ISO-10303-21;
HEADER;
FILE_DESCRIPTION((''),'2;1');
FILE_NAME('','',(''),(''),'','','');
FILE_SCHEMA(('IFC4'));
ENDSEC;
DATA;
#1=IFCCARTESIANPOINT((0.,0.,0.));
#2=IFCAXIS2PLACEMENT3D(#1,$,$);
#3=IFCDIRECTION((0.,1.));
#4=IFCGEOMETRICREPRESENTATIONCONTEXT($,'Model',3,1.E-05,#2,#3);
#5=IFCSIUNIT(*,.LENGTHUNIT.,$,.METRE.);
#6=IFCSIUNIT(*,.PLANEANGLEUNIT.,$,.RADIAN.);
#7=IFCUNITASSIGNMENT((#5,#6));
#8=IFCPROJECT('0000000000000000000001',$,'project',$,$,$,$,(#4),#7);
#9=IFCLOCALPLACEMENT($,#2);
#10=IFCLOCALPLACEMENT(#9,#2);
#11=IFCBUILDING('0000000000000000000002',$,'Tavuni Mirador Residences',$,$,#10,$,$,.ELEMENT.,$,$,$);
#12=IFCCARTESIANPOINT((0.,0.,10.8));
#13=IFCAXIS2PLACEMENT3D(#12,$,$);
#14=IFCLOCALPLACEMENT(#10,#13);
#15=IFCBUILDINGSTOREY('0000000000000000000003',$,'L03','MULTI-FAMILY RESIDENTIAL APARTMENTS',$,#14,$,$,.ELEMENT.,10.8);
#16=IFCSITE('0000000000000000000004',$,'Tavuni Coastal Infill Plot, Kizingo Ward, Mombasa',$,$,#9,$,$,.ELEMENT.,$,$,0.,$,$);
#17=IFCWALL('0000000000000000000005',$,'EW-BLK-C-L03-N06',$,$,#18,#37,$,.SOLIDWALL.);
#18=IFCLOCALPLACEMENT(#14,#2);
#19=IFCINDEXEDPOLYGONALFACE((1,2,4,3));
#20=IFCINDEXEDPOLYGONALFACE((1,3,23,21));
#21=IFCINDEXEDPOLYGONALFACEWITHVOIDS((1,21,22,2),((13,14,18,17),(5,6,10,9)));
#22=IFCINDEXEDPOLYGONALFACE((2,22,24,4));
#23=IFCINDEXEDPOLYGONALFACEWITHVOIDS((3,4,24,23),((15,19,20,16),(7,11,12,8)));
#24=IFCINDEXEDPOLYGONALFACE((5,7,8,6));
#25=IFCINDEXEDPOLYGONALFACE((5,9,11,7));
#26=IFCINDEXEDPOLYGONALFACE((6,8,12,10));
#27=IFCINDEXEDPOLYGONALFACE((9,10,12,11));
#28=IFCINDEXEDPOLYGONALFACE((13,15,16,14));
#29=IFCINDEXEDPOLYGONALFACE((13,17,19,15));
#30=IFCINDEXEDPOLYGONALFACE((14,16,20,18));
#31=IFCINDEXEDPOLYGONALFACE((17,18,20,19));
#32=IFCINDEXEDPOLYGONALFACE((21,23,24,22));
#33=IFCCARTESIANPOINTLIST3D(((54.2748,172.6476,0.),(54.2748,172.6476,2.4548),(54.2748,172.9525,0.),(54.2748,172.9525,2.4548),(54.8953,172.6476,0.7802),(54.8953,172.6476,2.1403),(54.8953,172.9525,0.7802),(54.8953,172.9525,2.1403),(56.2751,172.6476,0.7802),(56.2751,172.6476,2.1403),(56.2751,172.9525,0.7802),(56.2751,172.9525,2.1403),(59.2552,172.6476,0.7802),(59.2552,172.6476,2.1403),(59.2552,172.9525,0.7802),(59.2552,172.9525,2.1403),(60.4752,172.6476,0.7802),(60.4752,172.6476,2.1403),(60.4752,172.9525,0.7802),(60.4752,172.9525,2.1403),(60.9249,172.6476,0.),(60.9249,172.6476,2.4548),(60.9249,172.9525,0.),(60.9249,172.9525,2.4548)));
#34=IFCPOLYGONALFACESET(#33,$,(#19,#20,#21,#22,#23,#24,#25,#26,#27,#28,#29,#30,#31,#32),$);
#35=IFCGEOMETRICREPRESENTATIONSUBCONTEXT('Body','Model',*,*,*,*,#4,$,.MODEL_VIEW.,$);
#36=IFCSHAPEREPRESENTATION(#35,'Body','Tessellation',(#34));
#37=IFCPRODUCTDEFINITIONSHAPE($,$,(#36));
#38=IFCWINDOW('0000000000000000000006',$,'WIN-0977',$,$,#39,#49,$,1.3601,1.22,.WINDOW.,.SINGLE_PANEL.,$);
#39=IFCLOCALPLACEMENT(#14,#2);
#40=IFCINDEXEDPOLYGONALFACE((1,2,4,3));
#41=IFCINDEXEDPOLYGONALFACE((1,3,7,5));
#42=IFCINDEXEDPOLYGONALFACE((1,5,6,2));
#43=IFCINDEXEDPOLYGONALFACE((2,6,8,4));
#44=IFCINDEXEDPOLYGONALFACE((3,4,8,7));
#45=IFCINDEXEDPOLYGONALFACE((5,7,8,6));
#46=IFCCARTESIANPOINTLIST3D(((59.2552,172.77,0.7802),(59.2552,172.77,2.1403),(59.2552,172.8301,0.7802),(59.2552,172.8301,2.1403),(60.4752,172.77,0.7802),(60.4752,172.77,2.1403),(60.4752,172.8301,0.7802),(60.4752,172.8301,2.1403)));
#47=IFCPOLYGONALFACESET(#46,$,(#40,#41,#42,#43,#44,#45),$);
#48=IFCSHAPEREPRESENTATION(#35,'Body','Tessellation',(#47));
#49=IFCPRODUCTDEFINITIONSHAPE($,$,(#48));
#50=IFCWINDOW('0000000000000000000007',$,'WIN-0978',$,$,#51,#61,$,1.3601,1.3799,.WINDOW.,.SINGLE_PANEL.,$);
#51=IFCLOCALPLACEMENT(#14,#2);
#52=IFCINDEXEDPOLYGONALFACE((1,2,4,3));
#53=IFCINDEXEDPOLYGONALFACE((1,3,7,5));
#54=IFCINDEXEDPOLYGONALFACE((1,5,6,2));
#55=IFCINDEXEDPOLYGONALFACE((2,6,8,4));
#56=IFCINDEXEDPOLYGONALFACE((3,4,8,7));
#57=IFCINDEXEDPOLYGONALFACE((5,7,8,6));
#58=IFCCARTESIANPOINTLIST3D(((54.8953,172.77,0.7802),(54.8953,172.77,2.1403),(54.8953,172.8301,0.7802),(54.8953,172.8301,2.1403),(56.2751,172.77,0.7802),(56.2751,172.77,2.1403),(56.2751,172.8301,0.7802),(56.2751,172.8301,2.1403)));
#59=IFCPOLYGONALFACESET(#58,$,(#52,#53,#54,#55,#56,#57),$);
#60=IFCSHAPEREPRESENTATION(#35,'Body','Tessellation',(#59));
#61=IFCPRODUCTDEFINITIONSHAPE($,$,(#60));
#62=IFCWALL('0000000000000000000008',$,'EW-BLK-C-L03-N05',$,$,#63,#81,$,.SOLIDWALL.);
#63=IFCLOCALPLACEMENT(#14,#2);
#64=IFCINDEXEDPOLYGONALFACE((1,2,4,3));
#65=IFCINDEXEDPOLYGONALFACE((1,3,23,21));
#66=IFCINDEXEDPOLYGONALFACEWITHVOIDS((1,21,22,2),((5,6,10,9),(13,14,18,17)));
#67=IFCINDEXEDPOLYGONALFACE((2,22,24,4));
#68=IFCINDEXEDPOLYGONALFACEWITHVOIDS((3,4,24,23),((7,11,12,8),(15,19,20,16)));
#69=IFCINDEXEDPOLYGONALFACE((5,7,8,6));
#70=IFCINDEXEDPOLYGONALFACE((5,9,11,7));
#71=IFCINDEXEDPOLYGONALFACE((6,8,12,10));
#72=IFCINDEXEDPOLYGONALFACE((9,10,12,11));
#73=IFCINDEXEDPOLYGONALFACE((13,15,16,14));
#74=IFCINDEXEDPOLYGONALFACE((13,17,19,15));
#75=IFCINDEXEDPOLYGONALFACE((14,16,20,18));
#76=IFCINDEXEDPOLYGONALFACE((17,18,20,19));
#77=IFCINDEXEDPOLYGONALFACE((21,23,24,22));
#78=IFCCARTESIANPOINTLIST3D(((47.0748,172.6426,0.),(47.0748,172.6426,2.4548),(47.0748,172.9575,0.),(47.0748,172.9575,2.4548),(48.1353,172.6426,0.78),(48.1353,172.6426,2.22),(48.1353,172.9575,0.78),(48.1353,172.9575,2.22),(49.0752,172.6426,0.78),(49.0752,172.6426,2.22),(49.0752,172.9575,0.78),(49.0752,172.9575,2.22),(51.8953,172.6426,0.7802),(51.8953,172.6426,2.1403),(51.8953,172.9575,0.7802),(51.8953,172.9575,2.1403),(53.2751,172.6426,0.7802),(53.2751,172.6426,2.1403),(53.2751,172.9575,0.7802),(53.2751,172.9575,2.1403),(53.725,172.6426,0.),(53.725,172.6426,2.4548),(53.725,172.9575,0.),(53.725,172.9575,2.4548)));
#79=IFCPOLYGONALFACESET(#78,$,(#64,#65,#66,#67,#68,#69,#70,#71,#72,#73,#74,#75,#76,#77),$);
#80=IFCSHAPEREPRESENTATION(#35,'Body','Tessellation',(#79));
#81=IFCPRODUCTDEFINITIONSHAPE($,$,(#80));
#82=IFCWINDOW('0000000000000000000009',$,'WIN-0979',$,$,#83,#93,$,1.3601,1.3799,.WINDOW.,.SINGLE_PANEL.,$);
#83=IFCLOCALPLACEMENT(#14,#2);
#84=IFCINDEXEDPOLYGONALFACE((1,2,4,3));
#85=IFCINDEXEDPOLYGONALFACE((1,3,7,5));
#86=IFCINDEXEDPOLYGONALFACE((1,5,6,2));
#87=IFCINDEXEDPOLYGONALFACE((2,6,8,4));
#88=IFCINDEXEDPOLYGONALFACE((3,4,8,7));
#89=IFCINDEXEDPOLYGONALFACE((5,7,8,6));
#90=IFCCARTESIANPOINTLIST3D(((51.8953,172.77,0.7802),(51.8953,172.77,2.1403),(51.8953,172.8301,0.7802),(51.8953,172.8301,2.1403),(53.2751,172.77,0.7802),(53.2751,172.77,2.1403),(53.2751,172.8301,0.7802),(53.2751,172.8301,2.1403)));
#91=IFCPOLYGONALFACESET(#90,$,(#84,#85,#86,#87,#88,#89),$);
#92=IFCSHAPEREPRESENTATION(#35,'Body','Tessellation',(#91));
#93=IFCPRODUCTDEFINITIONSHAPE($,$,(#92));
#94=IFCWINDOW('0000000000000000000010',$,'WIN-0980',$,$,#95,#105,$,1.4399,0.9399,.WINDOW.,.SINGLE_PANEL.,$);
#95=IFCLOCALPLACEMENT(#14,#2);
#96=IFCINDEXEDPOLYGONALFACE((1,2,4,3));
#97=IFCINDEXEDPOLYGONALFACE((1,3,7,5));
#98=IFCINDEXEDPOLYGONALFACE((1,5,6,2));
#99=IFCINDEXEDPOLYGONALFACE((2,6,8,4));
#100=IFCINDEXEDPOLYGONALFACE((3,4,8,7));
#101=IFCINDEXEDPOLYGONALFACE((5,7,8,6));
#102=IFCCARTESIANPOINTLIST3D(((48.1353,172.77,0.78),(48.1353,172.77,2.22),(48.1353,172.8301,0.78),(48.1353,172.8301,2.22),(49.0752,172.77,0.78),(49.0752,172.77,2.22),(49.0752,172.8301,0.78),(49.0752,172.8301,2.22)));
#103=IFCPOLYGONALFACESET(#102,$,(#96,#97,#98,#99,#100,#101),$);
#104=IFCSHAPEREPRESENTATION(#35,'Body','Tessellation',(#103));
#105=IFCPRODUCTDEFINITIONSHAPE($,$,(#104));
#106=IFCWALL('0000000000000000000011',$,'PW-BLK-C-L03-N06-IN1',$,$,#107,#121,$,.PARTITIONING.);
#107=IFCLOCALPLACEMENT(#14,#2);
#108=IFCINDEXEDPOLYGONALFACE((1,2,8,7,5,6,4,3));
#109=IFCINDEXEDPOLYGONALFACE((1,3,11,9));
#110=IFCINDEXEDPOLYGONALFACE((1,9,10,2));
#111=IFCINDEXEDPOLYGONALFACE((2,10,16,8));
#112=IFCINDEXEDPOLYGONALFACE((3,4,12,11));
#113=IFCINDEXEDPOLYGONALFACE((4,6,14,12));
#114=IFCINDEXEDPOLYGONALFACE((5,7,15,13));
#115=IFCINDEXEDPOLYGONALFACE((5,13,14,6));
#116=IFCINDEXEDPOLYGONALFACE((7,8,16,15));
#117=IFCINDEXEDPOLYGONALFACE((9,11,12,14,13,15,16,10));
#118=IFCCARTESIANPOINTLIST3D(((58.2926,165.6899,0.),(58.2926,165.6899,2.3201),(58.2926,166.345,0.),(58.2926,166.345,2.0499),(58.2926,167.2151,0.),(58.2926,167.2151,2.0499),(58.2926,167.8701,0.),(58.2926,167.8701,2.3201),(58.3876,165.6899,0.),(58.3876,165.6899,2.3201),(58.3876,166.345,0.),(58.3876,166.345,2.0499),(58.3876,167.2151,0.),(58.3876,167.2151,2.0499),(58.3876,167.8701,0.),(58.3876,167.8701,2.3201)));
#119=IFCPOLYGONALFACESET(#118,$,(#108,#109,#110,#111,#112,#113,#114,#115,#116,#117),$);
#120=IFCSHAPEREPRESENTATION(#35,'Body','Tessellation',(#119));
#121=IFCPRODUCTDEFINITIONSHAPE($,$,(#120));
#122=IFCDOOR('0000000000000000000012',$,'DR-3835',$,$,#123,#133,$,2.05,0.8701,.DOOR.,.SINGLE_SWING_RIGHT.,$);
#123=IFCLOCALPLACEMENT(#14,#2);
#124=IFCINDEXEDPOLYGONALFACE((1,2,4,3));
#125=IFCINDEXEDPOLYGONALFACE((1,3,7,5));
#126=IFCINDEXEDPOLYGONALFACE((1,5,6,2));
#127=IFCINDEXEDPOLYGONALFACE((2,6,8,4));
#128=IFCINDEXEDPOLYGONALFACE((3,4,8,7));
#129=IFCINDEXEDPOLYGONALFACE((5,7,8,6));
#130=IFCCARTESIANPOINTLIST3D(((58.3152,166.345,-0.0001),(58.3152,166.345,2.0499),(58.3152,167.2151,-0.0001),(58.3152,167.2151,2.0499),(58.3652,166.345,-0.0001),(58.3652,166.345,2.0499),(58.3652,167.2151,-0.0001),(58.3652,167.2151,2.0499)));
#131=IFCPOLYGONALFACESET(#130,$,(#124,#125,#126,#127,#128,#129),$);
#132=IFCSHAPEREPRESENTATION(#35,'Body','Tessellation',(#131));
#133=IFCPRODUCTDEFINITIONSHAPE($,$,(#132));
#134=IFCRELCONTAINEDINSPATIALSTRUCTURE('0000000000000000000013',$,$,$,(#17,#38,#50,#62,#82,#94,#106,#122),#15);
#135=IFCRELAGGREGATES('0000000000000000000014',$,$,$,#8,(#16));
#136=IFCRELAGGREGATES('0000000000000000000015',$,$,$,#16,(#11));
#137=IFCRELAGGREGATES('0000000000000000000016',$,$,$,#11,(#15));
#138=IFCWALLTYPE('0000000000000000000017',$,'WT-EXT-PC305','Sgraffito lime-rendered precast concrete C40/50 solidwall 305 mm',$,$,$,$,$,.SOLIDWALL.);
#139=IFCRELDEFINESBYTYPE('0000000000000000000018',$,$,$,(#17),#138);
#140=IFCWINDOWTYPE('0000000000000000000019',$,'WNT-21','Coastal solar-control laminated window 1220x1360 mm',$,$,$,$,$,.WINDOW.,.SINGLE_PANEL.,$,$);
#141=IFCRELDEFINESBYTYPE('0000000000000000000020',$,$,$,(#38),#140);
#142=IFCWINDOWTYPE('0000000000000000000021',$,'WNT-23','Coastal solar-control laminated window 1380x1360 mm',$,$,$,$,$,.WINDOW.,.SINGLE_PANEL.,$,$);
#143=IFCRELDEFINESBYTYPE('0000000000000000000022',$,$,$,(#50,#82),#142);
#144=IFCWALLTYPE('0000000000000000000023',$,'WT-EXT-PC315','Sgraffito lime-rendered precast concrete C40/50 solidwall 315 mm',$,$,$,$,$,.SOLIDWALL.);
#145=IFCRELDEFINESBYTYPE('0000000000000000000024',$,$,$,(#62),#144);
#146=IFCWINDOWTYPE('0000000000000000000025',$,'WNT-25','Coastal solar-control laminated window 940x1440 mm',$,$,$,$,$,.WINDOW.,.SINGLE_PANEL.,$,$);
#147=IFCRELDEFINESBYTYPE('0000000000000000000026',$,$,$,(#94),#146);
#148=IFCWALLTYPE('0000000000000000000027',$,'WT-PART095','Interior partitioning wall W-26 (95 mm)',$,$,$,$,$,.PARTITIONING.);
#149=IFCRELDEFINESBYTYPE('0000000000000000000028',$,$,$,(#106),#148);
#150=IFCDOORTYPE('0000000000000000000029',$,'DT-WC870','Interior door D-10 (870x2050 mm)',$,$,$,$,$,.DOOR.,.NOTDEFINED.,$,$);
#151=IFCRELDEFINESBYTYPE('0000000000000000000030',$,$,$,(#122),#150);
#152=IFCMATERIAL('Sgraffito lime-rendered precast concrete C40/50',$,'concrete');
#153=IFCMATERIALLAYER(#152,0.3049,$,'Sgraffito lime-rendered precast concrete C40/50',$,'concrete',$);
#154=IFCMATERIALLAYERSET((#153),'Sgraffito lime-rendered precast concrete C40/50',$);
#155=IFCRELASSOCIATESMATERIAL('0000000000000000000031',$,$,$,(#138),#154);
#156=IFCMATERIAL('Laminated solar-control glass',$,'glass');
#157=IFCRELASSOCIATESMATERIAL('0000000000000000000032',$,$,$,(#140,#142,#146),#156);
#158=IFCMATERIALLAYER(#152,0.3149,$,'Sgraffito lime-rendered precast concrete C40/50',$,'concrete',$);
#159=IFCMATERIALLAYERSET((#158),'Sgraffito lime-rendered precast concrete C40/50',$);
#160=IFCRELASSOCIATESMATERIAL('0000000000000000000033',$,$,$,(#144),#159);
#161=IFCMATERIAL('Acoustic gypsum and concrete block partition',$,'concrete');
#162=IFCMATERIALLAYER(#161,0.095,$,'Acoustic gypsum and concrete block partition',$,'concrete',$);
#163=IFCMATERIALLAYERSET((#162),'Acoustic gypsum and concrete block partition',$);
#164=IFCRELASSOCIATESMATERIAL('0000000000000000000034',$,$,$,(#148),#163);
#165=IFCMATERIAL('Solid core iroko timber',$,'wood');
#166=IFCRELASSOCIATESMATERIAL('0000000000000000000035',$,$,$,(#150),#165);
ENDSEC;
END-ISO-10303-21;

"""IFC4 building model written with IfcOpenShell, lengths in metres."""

from ifc_helpers import new_model, si_unit, direction, frame, frame_2d, origin, place, context, subcontext, project, spatial, rectangle, extrude, material, layer, layer_set, type_object, element, fill, save


model = new_model("IFC4")

# Units and contexts
model_context = context("Model", 3, precision=1e-05, world=origin(), true_north=direction((0.0, 1.0)))
body_context = subcontext(model_context, "Body", "Model", "MODEL_VIEW")
ifc_project = project(units=[si_unit("LENGTHUNIT", "METRE"), si_unit("PLANEANGLEUNIT", "RADIAN")], contexts=[model_context])

# Site, building, storey
site_placement = place(None, origin())
site = spatial("IfcSite", under=ifc_project, at=site_placement, Name="Tavuni Coastal Infill Plot, Kizingo Ward, Mombasa", CompositionType="ELEMENT", RefElevation=0.0)
building_placement = place(site_placement, origin())
building = spatial("IfcBuilding", under=site, at=building_placement, Name="Tavuni Mirador Residences", CompositionType="ELEMENT")
storey_placement = place(building_placement, frame((0.0, 0.0, 10.8)))
storey = spatial("IfcBuildingStorey", under=building, at=storey_placement, Name="L03", Description="MULTI-FAMILY RESIDENTIAL APARTMENTS", CompositionType="ELEMENT", Elevation=10.8)

# Shared definitions
ifc_material_1 = material(Name="Solid core iroko timber", Category="wood")

# Walls, openings, windows
ifc_material_2 = material(Name="Sgraffito lime-rendered precast concrete C40/50", Category="concrete")
ifc_layer_1 = layer(ifc_material_2, 0.3049, Name="Sgraffito lime-rendered precast concrete C40/50", Category="concrete")
ifc_layer_set_1 = layer_set([ifc_layer_1], Name="Sgraffito lime-rendered precast concrete C40/50")
wall_type_1 = type_object("IfcWallType", Name="WT-EXT-PC305", Description="Sgraffito lime-rendered precast concrete C40/50 solidwall 305 mm", PredefinedType="SOLIDWALL", material=ifc_layer_set_1)
wall_1_placement = place(storey_placement, frame((60.925, 172.8, 0.0), z_axis=(0.0, 0.0, 1.0), x_axis=(-1.0, 0.0, 0.0)))
wall_1 = element("IfcWall", 1, at=wall_1_placement, inside=storey, type_object=wall_type_1, Name="EW-BLK-C-L03-N06", PredefinedType="SOLIDWALL", context=body_context, shape_type="SweptSolid", body=[
    extrude(rectangle(XDim=6.6501, YDim=0.3049, at=frame_2d((3.3252, 0.0))), origin(), (0.0, 0.0, 1.0), 2.4548),
])
opening_1_placement = place(wall_1_placement, frame((0.45, 0.0, 0.78)))
opening_1 = element("IfcOpeningElement", 2, at=opening_1_placement, cuts=wall_1, PredefinedType="OPENING", context=body_context, shape_type="SweptSolid", body=[
    extrude(rectangle(XDim=1.22, YDim=1.3601, at=frame_2d((0.6099, 0.6802))), frame((0.0, 0.1626, 0.0), z_axis=(0.0, -1.0, 0.0), x_axis=(1.0, 0.0, 0.0)), (0.0, 0.0, 1.0), 0.325),
])
opening_2_placement = place(wall_1_placement, frame((4.6499, 0.0, 0.78)))
opening_2 = element("IfcOpeningElement", 3, at=opening_2_placement, cuts=wall_1, PredefinedType="OPENING", context=body_context, shape_type="SweptSolid", body=[
    extrude(rectangle(XDim=1.3799, YDim=1.3601, at=frame_2d((0.6899, 0.6802))), frame((0.0, 0.1626, 0.0), z_axis=(0.0, -1.0, 0.0), x_axis=(1.0, 0.0, 0.0)), (0.0, 0.0, 1.0), 0.325),
])
ifc_material_3 = material(Name="Laminated solar-control glass", Category="glass")
window_type_1 = type_object("IfcWindowType", Name="WNT-21", Description="Coastal solar-control laminated window 1220x1360 mm", PartitioningType="SINGLE_PANEL", PredefinedType="WINDOW", material=ifc_material_3)
window_1_placement = place(opening_1_placement, origin())
window_1 = element("IfcWindow", 4, at=window_1_placement, inside=storey, type_object=window_type_1, Name="WIN-0977", OverallHeight=1.3601, OverallWidth=1.22, PartitioningType="SINGLE_PANEL", PredefinedType="WINDOW", context=body_context, shape_type="SweptSolid", body=[
    extrude(rectangle(XDim=1.22, YDim=1.3601, at=frame_2d((0.6099, 0.6802))), frame((0.0, 0.03, 0.0), z_axis=(0.0, -1.0, 0.0), x_axis=(1.0, 0.0, 0.0)), (0.0, 0.0, 1.0), 0.0601),
])
fill(opening_1, window_1)
window_type_2 = type_object("IfcWindowType", Name="WNT-23", Description="Coastal solar-control laminated window 1380x1360 mm", PartitioningType="SINGLE_PANEL", PredefinedType="WINDOW", material=ifc_material_3)
window_2_placement = place(opening_2_placement, origin())
window_2 = element("IfcWindow", 5, at=window_2_placement, inside=storey, type_object=window_type_2, Name="WIN-0978", OverallHeight=1.3601, OverallWidth=1.3799, PartitioningType="SINGLE_PANEL", PredefinedType="WINDOW", context=body_context, shape_type="SweptSolid", body=[
    extrude(rectangle(XDim=1.3799, YDim=1.3601, at=frame_2d((0.6899, 0.6802))), frame((0.0, 0.03, 0.0), z_axis=(0.0, -1.0, 0.0), x_axis=(1.0, 0.0, 0.0)), (0.0, 0.0, 1.0), 0.0601),
])
fill(opening_2, window_2)
ifc_layer_2 = layer(ifc_material_2, 0.3149, Name="Sgraffito lime-rendered precast concrete C40/50", Category="concrete")
ifc_layer_set_2 = layer_set([ifc_layer_2], Name="Sgraffito lime-rendered precast concrete C40/50")
wall_type_2 = type_object("IfcWallType", Name="WT-EXT-PC315", Description="Sgraffito lime-rendered precast concrete C40/50 solidwall 315 mm", PredefinedType="SOLIDWALL", material=ifc_layer_set_2)
wall_2_placement = place(storey_placement, frame((53.7251, 172.8, 0.0), z_axis=(0.0, 0.0, 1.0), x_axis=(-1.0, 0.0, 0.0)))
wall_2 = element("IfcWall", 6, at=wall_2_placement, inside=storey, type_object=wall_type_2, Name="EW-BLK-C-L03-N05", PredefinedType="SOLIDWALL", context=body_context, shape_type="SweptSolid", body=[
    extrude(rectangle(XDim=6.6501, YDim=0.3149, at=frame_2d((3.3252, 0.0))), origin(), (0.0, 0.0, 1.0), 2.4548),
])
opening_3_placement = place(wall_2_placement, frame((0.45, 0.0, 0.78)))
opening_3 = element("IfcOpeningElement", 7, at=opening_3_placement, cuts=wall_2, PredefinedType="OPENING", context=body_context, shape_type="SweptSolid", body=[
    extrude(rectangle(XDim=1.3799, YDim=1.3601, at=frame_2d((0.6899, 0.6802))), frame((0.0, 0.1675, 0.0), z_axis=(0.0, -1.0, 0.0), x_axis=(1.0, 0.0, 0.0)), (0.0, 0.0, 1.0), 0.335),
])
opening_4_placement = place(wall_2_placement, frame((4.6499, 0.0, 0.78)))
opening_4 = element("IfcOpeningElement", 8, at=opening_4_placement, cuts=wall_2, PredefinedType="OPENING", context=body_context, shape_type="SweptSolid", body=[
    extrude(rectangle(XDim=0.9399, YDim=1.4399, at=frame_2d((0.47, 0.72))), frame((0.0, 0.1675, 0.0), z_axis=(0.0, -1.0, 0.0), x_axis=(1.0, 0.0, 0.0)), (0.0, 0.0, 1.0), 0.335),
])
window_3_placement = place(opening_3_placement, origin())
window_3 = element("IfcWindow", 9, at=window_3_placement, inside=storey, type_object=window_type_2, Name="WIN-0979", OverallHeight=1.3601, OverallWidth=1.3799, PartitioningType="SINGLE_PANEL", PredefinedType="WINDOW", context=body_context, shape_type="SweptSolid", body=[
    extrude(rectangle(XDim=1.3799, YDim=1.3601, at=frame_2d((0.6899, 0.6802))), frame((0.0, 0.03, 0.0), z_axis=(0.0, -1.0, 0.0), x_axis=(1.0, 0.0, 0.0)), (0.0, 0.0, 1.0), 0.0601),
])
fill(opening_3, window_3)
window_type_3 = type_object("IfcWindowType", Name="WNT-25", Description="Coastal solar-control laminated window 940x1440 mm", PartitioningType="SINGLE_PANEL", PredefinedType="WINDOW", material=ifc_material_3)
window_4_placement = place(opening_4_placement, origin())
window_4 = element("IfcWindow", 10, at=window_4_placement, inside=storey, type_object=window_type_3, Name="WIN-0980", OverallHeight=1.4399, OverallWidth=0.9399, PartitioningType="SINGLE_PANEL", PredefinedType="WINDOW", context=body_context, shape_type="SweptSolid", body=[
    extrude(rectangle(XDim=0.9399, YDim=1.4399, at=frame_2d((0.47, 0.72))), frame((0.0, 0.03, 0.0), z_axis=(0.0, -1.0, 0.0), x_axis=(1.0, 0.0, 0.0)), (0.0, 0.0, 1.0), 0.0601),
])
fill(opening_4, window_4)

# Wall, opening, door
ifc_material_4 = material(Name="Acoustic gypsum and concrete block partition", Category="concrete")
ifc_layer_3 = layer(ifc_material_4, 0.095, Name="Acoustic gypsum and concrete block partition", Category="concrete")
ifc_layer_set_3 = layer_set([ifc_layer_3], Name="Acoustic gypsum and concrete block partition")
wall_type_3 = type_object("IfcWallType", Name="WT-PART095", Description="Interior partitioning wall W-26 (95 mm)", PredefinedType="PARTITIONING", material=ifc_layer_set_3)
wall_3_placement = place(storey_placement, frame((58.3401, 165.6899, 0.0), z_axis=(0.0, 0.0, 1.0), x_axis=(0.0, 1.0, 0.0)))
wall_3 = element("IfcWall", 11, at=wall_3_placement, inside=storey, type_object=wall_type_3, Name="PW-BLK-C-L03-N06-IN1", PredefinedType="PARTITIONING", context=body_context, shape_type="SweptSolid", body=[
    extrude(rectangle(XDim=2.1802, YDim=0.095, at=frame_2d((1.0901, 0.0))), origin(), (0.0, 0.0, 1.0), 2.3201),
])
opening_5_placement = place(wall_3_placement, frame((0.655, 0.0, 0.0)))
opening_5 = element("IfcOpeningElement", 12, at=opening_5_placement, cuts=wall_3, PredefinedType="OPENING", context=body_context, shape_type="SweptSolid", body=[
    extrude(rectangle(XDim=0.8701, YDim=2.05, at=frame_2d((0.4351, 1.0249))), frame((0.0, 0.0576, 0.0), z_axis=(0.0, -1.0, 0.0), x_axis=(1.0, 0.0, 0.0)), (0.0, 0.0, 1.0), 0.115),
])
door_type_1 = type_object("IfcDoorType", Name="DT-WC870", Description="Interior door D-10 (870x2050 mm)", OperationType="NOTDEFINED", PredefinedType="DOOR", material=ifc_material_1)
door_1_placement = place(opening_5_placement, origin())
door_1 = element("IfcDoor", 13, at=door_1_placement, inside=storey, type_object=door_type_1, Name="DR-3835", OperationType="SINGLE_SWING_RIGHT", OverallHeight=2.05, OverallWidth=0.8701, PredefinedType="DOOR", context=body_context, shape_type="SweptSolid", body=[
    extrude(rectangle(XDim=0.8701, YDim=2.05, at=frame_2d((0.4351, 1.0249))), frame((0.0, 0.0249, 0.0), z_axis=(0.0, -1.0, 0.0), x_axis=(1.0, 0.0, 0.0)), (0.0, 0.0, 1.0), 0.05),
])
fill(opening_5, door_1)

save(model, "model.ifc")
